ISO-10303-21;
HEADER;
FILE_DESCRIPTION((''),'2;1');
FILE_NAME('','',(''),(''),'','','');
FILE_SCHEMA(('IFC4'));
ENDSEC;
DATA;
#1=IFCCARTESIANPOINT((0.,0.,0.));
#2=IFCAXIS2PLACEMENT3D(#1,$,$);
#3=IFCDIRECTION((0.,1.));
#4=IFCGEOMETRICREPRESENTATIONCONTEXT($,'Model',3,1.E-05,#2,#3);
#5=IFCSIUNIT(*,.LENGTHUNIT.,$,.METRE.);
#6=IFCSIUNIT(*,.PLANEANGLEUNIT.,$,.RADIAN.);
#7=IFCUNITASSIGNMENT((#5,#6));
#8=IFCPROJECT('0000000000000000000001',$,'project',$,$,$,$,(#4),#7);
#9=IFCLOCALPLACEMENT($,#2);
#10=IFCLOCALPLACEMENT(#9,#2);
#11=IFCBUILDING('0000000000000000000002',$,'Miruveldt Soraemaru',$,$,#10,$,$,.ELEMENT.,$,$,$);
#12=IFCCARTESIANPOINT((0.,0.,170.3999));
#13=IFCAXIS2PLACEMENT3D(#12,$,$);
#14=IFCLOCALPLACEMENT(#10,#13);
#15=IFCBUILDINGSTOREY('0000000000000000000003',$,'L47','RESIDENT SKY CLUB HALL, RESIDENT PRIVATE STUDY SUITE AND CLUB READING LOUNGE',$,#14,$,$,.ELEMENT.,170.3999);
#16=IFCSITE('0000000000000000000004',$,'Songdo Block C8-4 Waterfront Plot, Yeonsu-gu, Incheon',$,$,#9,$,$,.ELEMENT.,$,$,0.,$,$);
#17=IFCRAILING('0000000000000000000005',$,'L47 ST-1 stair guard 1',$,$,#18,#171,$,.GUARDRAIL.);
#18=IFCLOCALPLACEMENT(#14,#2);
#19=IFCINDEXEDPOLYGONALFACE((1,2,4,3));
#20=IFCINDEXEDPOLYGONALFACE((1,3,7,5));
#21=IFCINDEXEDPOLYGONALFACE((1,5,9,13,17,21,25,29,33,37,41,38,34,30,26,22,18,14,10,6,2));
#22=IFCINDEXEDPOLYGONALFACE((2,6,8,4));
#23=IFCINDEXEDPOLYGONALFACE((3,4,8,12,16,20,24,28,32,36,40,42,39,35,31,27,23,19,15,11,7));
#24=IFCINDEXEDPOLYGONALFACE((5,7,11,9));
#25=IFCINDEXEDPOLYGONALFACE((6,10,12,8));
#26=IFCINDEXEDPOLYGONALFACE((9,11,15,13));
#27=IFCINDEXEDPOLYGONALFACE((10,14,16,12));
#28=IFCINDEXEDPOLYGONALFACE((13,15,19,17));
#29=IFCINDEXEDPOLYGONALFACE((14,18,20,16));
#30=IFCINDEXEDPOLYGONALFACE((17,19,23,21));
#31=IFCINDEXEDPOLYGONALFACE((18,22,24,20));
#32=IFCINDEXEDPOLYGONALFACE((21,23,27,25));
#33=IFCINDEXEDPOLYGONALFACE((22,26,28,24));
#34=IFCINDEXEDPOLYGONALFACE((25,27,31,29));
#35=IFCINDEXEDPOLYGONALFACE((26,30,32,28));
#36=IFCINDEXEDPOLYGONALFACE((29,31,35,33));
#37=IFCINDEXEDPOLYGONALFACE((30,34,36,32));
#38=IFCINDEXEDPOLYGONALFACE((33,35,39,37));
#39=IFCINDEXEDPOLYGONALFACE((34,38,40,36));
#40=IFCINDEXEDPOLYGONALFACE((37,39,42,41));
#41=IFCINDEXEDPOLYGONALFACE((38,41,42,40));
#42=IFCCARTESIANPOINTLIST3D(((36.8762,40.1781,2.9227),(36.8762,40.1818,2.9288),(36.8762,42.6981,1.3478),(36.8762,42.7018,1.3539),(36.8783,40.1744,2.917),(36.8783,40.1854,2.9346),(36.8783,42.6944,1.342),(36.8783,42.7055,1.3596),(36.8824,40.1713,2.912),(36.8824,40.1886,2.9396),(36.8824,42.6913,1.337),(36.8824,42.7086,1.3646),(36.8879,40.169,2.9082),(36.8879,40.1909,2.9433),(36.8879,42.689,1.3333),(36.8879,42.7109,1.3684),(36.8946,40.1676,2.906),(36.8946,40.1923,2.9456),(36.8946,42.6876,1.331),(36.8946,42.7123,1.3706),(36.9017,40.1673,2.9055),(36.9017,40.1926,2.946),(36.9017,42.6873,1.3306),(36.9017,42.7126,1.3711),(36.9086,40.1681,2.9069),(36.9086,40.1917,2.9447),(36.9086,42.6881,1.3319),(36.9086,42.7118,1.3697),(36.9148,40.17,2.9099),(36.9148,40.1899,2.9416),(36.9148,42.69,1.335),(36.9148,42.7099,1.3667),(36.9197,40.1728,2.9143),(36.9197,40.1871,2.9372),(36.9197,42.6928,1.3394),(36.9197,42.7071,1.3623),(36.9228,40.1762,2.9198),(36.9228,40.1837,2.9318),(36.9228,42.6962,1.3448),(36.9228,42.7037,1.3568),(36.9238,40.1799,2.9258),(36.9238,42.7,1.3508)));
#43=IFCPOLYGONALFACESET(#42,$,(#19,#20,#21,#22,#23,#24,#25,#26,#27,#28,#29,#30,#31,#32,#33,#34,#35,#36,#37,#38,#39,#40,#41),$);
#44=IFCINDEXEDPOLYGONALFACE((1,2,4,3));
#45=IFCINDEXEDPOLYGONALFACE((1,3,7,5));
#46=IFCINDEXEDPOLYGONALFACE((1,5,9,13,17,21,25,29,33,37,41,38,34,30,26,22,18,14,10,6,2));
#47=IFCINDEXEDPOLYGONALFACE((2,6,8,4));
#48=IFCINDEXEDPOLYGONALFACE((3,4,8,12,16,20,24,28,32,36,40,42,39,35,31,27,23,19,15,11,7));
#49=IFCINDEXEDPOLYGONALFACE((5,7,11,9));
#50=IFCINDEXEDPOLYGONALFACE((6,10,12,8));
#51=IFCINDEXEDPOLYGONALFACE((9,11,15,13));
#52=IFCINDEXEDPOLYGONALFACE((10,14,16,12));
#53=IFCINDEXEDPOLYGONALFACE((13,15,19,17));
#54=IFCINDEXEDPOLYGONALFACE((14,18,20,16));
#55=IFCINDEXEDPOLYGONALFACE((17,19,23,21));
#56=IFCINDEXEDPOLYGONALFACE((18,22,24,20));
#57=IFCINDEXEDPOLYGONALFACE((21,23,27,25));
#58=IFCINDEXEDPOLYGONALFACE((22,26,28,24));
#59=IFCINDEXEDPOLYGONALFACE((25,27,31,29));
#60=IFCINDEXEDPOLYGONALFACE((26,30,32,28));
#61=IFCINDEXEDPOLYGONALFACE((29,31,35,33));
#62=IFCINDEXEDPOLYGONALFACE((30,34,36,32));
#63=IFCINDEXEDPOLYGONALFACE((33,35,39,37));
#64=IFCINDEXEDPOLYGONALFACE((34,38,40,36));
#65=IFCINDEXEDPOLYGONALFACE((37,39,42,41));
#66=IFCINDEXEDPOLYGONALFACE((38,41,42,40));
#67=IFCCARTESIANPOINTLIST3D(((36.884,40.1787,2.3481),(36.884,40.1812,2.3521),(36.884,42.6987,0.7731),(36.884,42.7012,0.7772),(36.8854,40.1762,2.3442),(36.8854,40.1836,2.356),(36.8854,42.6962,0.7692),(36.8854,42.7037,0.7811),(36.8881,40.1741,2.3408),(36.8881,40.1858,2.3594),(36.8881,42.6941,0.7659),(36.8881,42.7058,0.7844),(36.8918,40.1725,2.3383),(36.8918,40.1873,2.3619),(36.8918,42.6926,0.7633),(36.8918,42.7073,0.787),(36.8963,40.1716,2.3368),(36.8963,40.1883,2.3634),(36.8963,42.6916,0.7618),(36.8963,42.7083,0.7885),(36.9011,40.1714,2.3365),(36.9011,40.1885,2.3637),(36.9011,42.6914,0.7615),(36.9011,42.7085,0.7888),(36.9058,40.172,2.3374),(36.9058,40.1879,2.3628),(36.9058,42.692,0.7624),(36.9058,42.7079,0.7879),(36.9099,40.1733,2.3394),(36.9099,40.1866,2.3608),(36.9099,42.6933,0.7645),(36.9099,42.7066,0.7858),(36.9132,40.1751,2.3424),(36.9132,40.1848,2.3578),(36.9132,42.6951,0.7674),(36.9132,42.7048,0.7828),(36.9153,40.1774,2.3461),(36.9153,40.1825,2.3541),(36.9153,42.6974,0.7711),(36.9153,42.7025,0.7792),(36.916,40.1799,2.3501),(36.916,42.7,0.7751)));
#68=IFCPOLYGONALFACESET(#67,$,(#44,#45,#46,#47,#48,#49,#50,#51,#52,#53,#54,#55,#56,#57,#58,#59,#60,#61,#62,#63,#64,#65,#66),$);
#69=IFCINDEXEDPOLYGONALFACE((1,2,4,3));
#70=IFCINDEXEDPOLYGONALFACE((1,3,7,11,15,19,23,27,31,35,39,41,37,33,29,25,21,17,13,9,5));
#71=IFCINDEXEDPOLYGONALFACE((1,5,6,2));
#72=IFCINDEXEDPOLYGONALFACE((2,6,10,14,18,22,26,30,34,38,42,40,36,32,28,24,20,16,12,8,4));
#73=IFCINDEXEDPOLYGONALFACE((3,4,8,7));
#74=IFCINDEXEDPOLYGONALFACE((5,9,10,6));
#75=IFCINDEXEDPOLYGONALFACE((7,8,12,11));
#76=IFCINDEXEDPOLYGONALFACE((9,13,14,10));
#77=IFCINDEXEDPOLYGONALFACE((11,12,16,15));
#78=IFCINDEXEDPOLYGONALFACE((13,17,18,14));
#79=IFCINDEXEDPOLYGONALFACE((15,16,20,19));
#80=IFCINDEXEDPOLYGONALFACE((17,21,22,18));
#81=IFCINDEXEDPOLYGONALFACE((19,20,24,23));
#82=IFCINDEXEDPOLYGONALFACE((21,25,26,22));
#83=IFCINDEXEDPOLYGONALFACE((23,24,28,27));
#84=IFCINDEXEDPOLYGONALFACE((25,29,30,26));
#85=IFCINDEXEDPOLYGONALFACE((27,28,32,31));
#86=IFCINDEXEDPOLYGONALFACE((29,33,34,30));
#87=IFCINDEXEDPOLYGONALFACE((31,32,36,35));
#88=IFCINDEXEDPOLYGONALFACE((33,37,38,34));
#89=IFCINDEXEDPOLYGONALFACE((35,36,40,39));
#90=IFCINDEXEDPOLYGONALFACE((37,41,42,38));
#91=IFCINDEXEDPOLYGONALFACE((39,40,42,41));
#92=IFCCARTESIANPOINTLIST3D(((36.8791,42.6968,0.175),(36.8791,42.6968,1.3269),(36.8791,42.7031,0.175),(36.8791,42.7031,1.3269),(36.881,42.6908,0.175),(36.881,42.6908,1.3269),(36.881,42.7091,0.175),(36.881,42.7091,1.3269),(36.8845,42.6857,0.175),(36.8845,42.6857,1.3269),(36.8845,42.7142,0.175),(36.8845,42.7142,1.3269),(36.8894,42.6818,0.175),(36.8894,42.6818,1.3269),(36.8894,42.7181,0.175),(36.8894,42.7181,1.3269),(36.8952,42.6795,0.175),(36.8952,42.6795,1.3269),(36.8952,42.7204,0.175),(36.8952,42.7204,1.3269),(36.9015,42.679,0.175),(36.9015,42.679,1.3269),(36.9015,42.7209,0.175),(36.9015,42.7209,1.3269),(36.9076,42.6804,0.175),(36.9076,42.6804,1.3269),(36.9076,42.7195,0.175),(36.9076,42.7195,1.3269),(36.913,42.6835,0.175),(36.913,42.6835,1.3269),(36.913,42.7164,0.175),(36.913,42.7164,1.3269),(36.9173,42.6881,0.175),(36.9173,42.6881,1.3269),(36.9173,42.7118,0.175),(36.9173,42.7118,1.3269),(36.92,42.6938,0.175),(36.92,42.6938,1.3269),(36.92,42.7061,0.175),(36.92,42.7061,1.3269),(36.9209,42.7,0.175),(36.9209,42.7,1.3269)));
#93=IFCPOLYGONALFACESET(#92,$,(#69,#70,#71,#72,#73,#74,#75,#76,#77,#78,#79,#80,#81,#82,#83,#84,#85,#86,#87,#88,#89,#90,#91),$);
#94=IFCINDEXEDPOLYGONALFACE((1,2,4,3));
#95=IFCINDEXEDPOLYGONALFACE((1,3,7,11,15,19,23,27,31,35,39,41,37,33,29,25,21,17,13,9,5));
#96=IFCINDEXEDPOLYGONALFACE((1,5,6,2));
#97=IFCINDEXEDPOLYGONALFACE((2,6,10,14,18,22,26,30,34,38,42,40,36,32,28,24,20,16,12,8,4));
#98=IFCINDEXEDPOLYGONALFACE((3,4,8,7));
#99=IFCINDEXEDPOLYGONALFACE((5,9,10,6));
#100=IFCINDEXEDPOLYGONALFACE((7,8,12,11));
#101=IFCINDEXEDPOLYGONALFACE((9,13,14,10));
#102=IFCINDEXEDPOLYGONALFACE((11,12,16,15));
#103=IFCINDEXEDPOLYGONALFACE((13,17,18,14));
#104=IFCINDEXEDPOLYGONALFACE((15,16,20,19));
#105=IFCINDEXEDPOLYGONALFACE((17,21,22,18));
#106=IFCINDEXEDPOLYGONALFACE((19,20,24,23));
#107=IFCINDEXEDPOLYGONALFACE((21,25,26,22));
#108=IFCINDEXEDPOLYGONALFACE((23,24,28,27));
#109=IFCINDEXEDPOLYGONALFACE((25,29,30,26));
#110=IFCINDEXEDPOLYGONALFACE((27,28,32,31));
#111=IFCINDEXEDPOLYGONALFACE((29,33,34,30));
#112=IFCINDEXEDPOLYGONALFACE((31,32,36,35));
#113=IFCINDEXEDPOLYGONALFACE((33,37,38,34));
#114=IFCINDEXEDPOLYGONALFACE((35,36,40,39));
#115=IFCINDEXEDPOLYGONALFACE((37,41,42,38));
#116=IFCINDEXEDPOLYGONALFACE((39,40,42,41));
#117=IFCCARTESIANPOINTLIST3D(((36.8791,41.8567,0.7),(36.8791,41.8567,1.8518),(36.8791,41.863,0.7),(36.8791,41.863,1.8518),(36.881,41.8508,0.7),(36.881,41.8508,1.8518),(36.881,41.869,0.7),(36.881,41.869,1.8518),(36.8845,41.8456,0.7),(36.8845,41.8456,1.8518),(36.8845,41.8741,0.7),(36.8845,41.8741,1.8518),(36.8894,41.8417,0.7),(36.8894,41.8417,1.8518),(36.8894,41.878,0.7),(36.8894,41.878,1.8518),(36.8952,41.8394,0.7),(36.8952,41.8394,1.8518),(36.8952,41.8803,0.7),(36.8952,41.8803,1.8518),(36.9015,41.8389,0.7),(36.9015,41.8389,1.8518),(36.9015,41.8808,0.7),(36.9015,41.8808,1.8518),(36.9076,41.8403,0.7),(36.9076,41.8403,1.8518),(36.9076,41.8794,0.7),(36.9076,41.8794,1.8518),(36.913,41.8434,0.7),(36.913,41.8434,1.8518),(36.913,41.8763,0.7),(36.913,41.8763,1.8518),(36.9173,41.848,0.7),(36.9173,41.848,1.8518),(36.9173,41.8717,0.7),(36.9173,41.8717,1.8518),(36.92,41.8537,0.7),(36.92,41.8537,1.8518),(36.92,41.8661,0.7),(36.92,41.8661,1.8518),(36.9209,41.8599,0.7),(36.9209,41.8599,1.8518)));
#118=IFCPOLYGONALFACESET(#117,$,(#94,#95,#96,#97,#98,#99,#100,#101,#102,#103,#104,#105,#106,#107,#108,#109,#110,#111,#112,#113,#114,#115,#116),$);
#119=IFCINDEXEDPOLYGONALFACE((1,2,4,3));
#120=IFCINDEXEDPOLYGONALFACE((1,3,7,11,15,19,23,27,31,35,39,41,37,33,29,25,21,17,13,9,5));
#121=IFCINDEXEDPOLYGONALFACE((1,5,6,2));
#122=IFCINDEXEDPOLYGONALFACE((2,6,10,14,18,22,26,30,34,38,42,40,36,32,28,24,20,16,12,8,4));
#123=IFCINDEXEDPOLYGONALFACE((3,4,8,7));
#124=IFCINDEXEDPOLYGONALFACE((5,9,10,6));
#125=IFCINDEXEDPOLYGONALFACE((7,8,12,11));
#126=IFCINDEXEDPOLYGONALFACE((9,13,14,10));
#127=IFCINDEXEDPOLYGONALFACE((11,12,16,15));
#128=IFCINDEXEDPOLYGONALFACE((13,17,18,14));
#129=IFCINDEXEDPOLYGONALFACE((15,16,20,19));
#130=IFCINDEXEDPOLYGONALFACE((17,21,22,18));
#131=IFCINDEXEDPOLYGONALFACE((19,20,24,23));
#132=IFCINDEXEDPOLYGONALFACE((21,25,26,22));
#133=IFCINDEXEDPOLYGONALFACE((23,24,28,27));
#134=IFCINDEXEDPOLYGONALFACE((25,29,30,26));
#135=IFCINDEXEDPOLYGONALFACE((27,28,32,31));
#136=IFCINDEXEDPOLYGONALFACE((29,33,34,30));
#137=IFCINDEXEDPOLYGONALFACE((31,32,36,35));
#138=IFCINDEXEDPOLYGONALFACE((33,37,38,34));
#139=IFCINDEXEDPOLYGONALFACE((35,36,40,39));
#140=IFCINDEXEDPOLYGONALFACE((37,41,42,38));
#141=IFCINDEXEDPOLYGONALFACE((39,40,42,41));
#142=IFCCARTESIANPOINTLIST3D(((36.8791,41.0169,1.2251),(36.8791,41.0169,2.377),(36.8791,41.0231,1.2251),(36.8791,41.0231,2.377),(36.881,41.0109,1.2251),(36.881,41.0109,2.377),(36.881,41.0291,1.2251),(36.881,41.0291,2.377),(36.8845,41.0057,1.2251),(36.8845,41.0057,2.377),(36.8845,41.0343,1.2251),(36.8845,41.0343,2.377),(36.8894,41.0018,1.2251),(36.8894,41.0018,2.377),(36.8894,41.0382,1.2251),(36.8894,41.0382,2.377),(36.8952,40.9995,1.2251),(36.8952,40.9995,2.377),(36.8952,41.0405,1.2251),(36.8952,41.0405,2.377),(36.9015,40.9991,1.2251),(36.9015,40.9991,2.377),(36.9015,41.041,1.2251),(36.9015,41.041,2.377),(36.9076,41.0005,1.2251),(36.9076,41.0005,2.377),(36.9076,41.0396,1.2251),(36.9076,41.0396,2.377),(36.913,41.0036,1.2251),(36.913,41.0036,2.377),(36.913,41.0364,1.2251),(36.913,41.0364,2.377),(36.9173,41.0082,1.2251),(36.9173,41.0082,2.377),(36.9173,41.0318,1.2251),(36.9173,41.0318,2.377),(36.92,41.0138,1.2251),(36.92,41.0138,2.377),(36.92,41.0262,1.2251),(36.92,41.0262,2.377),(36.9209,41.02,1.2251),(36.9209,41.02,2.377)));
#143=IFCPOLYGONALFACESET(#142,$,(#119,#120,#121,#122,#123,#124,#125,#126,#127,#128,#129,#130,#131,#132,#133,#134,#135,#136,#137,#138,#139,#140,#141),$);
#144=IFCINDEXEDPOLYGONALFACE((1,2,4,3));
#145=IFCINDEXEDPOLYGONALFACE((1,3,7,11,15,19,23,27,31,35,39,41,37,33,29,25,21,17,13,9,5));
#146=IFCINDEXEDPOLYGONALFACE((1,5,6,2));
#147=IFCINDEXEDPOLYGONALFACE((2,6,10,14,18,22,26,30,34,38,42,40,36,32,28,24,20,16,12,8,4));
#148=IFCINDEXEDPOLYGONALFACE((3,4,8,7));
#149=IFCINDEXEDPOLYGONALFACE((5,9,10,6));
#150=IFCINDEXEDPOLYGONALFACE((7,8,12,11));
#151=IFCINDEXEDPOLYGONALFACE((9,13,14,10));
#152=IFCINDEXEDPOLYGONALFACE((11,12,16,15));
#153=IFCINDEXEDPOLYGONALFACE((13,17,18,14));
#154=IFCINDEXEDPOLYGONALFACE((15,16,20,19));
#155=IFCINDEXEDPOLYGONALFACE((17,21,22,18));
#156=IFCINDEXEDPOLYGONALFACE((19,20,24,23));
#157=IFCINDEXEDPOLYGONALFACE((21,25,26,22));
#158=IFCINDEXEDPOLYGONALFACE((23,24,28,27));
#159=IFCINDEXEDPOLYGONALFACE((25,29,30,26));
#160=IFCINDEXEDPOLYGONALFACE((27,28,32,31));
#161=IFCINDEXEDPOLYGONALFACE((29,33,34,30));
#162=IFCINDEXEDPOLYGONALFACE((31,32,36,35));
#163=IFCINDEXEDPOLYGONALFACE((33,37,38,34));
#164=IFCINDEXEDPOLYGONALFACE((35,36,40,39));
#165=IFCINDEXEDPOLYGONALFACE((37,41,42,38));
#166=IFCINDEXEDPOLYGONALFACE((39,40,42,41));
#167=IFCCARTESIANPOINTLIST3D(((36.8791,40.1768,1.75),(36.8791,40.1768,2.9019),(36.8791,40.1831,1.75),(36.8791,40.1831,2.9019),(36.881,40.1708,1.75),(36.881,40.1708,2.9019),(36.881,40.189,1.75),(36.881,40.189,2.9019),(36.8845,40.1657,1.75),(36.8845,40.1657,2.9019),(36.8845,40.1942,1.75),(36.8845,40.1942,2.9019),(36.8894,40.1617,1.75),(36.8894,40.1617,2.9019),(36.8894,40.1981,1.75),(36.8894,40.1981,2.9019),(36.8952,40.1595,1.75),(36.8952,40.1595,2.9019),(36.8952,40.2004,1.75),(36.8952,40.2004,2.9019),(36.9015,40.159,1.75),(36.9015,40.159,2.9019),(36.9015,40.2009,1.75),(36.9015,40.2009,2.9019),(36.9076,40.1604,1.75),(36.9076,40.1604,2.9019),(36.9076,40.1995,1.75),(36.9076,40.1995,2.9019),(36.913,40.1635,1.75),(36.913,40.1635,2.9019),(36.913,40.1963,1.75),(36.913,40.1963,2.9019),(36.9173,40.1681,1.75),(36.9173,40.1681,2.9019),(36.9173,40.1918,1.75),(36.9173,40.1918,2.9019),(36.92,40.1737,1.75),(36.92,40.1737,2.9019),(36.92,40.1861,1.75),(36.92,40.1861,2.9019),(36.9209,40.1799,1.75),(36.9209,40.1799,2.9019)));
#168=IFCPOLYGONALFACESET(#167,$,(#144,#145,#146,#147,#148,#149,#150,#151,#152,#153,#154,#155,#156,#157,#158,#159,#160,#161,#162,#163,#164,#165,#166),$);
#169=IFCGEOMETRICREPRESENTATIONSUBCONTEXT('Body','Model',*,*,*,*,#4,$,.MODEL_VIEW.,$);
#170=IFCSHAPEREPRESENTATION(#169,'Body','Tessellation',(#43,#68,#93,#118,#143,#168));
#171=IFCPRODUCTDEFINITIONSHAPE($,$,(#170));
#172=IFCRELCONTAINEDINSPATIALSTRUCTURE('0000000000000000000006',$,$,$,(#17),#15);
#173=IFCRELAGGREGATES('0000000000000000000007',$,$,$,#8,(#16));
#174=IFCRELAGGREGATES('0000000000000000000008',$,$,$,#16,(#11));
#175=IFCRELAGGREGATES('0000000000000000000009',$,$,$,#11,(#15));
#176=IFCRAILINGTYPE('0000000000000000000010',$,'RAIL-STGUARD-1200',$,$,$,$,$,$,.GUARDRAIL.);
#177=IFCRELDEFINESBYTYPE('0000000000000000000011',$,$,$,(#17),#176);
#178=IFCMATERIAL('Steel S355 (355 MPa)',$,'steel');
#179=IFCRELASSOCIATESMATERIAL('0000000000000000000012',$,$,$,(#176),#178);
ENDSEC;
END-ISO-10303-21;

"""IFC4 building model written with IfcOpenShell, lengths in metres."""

from ifc_helpers import new_model, si_unit, direction, frame, origin, origin_2d, place, context, subcontext, project, spatial, circle, extrude, material, type_object, element, save


model = new_model("IFC4")

# Units and contexts
model_context = context("Model", 3, precision=1e-05, world=origin(), true_north=direction((0.0, 1.0)))
body_context = subcontext(model_context, "Body", "Model", "MODEL_VIEW")
ifc_project = project(units=[si_unit("LENGTHUNIT", "METRE"), si_unit("PLANEANGLEUNIT", "RADIAN")], contexts=[model_context])

# Site, building, storey
site_placement = place(None, origin())
site = spatial("IfcSite", under=ifc_project, at=site_placement, Name="Songdo Block C8-4 Waterfront Plot, Yeonsu-gu, Incheon", CompositionType="ELEMENT", RefElevation=0.0)
building_placement = place(site_placement, origin())
building = spatial("IfcBuilding", under=site, at=building_placement, Name="Miruveldt Soraemaru", CompositionType="ELEMENT")
storey_placement = place(building_placement, frame((0.0, 0.0, 170.3999)))
storey = spatial("IfcBuildingStorey", under=building, at=storey_placement, Name="L47", Description="RESIDENT SKY CLUB HALL, RESIDENT PRIVATE STUDY SUITE AND CLUB READING LOUNGE", CompositionType="ELEMENT", Elevation=170.3999)

# Railing
ifc_material_1 = material(Name="Steel S355 (355 MPa)", Category="steel")
railing_type = type_object("IfcRailingType", Name="RAIL-STGUARD-1200", PredefinedType="GUARDRAIL", material=ifc_material_1)
railing_1_placement = place(storey_placement, frame((36.8999, 42.7, 0.175)))
element("IfcRailing", 1, at=railing_1_placement, inside=storey, type_object=railing_type, Name="L47 ST-1 stair guard 1", PredefinedType="GUARDRAIL", context=body_context, shape_type="SweptSolid", body=[
    extrude(circle(Radius=0.0239, at=origin_2d()), frame((0.0, 0.0, 1.1758), z_axis=(0.0, -0.848008, 0.529984), x_axis=(1.0, 0.0, 0.0)), (0.0, 0.0, 1.0), 2.9717),
    extrude(circle(Radius=0.0161, at=origin_2d()), frame((0.0, 0.0, 0.6001), z_axis=(0.0, -0.848008, 0.529984), x_axis=(1.0, 0.0, 0.0)), (0.0, 0.0, 1.0), 2.9717),
    extrude(circle(Radius=0.021, at=origin_2d()), origin(), (0.0, 0.0, 1.0), 1.1519),
    extrude(circle(Radius=0.021, at=origin_2d()), frame((0.0, -0.8401, 0.5249)), (0.0, 0.0, 1.0), 1.1519),
    extrude(circle(Radius=0.021, at=origin_2d()), frame((0.0, -1.6799, 1.05)), (0.0, 0.0, 1.0), 1.1519),
    extrude(circle(Radius=0.021, at=origin_2d()), frame((0.0, -2.52, 1.575)), (0.0, 0.0, 1.0), 1.1519),
])

save(model, "model.ifc")
